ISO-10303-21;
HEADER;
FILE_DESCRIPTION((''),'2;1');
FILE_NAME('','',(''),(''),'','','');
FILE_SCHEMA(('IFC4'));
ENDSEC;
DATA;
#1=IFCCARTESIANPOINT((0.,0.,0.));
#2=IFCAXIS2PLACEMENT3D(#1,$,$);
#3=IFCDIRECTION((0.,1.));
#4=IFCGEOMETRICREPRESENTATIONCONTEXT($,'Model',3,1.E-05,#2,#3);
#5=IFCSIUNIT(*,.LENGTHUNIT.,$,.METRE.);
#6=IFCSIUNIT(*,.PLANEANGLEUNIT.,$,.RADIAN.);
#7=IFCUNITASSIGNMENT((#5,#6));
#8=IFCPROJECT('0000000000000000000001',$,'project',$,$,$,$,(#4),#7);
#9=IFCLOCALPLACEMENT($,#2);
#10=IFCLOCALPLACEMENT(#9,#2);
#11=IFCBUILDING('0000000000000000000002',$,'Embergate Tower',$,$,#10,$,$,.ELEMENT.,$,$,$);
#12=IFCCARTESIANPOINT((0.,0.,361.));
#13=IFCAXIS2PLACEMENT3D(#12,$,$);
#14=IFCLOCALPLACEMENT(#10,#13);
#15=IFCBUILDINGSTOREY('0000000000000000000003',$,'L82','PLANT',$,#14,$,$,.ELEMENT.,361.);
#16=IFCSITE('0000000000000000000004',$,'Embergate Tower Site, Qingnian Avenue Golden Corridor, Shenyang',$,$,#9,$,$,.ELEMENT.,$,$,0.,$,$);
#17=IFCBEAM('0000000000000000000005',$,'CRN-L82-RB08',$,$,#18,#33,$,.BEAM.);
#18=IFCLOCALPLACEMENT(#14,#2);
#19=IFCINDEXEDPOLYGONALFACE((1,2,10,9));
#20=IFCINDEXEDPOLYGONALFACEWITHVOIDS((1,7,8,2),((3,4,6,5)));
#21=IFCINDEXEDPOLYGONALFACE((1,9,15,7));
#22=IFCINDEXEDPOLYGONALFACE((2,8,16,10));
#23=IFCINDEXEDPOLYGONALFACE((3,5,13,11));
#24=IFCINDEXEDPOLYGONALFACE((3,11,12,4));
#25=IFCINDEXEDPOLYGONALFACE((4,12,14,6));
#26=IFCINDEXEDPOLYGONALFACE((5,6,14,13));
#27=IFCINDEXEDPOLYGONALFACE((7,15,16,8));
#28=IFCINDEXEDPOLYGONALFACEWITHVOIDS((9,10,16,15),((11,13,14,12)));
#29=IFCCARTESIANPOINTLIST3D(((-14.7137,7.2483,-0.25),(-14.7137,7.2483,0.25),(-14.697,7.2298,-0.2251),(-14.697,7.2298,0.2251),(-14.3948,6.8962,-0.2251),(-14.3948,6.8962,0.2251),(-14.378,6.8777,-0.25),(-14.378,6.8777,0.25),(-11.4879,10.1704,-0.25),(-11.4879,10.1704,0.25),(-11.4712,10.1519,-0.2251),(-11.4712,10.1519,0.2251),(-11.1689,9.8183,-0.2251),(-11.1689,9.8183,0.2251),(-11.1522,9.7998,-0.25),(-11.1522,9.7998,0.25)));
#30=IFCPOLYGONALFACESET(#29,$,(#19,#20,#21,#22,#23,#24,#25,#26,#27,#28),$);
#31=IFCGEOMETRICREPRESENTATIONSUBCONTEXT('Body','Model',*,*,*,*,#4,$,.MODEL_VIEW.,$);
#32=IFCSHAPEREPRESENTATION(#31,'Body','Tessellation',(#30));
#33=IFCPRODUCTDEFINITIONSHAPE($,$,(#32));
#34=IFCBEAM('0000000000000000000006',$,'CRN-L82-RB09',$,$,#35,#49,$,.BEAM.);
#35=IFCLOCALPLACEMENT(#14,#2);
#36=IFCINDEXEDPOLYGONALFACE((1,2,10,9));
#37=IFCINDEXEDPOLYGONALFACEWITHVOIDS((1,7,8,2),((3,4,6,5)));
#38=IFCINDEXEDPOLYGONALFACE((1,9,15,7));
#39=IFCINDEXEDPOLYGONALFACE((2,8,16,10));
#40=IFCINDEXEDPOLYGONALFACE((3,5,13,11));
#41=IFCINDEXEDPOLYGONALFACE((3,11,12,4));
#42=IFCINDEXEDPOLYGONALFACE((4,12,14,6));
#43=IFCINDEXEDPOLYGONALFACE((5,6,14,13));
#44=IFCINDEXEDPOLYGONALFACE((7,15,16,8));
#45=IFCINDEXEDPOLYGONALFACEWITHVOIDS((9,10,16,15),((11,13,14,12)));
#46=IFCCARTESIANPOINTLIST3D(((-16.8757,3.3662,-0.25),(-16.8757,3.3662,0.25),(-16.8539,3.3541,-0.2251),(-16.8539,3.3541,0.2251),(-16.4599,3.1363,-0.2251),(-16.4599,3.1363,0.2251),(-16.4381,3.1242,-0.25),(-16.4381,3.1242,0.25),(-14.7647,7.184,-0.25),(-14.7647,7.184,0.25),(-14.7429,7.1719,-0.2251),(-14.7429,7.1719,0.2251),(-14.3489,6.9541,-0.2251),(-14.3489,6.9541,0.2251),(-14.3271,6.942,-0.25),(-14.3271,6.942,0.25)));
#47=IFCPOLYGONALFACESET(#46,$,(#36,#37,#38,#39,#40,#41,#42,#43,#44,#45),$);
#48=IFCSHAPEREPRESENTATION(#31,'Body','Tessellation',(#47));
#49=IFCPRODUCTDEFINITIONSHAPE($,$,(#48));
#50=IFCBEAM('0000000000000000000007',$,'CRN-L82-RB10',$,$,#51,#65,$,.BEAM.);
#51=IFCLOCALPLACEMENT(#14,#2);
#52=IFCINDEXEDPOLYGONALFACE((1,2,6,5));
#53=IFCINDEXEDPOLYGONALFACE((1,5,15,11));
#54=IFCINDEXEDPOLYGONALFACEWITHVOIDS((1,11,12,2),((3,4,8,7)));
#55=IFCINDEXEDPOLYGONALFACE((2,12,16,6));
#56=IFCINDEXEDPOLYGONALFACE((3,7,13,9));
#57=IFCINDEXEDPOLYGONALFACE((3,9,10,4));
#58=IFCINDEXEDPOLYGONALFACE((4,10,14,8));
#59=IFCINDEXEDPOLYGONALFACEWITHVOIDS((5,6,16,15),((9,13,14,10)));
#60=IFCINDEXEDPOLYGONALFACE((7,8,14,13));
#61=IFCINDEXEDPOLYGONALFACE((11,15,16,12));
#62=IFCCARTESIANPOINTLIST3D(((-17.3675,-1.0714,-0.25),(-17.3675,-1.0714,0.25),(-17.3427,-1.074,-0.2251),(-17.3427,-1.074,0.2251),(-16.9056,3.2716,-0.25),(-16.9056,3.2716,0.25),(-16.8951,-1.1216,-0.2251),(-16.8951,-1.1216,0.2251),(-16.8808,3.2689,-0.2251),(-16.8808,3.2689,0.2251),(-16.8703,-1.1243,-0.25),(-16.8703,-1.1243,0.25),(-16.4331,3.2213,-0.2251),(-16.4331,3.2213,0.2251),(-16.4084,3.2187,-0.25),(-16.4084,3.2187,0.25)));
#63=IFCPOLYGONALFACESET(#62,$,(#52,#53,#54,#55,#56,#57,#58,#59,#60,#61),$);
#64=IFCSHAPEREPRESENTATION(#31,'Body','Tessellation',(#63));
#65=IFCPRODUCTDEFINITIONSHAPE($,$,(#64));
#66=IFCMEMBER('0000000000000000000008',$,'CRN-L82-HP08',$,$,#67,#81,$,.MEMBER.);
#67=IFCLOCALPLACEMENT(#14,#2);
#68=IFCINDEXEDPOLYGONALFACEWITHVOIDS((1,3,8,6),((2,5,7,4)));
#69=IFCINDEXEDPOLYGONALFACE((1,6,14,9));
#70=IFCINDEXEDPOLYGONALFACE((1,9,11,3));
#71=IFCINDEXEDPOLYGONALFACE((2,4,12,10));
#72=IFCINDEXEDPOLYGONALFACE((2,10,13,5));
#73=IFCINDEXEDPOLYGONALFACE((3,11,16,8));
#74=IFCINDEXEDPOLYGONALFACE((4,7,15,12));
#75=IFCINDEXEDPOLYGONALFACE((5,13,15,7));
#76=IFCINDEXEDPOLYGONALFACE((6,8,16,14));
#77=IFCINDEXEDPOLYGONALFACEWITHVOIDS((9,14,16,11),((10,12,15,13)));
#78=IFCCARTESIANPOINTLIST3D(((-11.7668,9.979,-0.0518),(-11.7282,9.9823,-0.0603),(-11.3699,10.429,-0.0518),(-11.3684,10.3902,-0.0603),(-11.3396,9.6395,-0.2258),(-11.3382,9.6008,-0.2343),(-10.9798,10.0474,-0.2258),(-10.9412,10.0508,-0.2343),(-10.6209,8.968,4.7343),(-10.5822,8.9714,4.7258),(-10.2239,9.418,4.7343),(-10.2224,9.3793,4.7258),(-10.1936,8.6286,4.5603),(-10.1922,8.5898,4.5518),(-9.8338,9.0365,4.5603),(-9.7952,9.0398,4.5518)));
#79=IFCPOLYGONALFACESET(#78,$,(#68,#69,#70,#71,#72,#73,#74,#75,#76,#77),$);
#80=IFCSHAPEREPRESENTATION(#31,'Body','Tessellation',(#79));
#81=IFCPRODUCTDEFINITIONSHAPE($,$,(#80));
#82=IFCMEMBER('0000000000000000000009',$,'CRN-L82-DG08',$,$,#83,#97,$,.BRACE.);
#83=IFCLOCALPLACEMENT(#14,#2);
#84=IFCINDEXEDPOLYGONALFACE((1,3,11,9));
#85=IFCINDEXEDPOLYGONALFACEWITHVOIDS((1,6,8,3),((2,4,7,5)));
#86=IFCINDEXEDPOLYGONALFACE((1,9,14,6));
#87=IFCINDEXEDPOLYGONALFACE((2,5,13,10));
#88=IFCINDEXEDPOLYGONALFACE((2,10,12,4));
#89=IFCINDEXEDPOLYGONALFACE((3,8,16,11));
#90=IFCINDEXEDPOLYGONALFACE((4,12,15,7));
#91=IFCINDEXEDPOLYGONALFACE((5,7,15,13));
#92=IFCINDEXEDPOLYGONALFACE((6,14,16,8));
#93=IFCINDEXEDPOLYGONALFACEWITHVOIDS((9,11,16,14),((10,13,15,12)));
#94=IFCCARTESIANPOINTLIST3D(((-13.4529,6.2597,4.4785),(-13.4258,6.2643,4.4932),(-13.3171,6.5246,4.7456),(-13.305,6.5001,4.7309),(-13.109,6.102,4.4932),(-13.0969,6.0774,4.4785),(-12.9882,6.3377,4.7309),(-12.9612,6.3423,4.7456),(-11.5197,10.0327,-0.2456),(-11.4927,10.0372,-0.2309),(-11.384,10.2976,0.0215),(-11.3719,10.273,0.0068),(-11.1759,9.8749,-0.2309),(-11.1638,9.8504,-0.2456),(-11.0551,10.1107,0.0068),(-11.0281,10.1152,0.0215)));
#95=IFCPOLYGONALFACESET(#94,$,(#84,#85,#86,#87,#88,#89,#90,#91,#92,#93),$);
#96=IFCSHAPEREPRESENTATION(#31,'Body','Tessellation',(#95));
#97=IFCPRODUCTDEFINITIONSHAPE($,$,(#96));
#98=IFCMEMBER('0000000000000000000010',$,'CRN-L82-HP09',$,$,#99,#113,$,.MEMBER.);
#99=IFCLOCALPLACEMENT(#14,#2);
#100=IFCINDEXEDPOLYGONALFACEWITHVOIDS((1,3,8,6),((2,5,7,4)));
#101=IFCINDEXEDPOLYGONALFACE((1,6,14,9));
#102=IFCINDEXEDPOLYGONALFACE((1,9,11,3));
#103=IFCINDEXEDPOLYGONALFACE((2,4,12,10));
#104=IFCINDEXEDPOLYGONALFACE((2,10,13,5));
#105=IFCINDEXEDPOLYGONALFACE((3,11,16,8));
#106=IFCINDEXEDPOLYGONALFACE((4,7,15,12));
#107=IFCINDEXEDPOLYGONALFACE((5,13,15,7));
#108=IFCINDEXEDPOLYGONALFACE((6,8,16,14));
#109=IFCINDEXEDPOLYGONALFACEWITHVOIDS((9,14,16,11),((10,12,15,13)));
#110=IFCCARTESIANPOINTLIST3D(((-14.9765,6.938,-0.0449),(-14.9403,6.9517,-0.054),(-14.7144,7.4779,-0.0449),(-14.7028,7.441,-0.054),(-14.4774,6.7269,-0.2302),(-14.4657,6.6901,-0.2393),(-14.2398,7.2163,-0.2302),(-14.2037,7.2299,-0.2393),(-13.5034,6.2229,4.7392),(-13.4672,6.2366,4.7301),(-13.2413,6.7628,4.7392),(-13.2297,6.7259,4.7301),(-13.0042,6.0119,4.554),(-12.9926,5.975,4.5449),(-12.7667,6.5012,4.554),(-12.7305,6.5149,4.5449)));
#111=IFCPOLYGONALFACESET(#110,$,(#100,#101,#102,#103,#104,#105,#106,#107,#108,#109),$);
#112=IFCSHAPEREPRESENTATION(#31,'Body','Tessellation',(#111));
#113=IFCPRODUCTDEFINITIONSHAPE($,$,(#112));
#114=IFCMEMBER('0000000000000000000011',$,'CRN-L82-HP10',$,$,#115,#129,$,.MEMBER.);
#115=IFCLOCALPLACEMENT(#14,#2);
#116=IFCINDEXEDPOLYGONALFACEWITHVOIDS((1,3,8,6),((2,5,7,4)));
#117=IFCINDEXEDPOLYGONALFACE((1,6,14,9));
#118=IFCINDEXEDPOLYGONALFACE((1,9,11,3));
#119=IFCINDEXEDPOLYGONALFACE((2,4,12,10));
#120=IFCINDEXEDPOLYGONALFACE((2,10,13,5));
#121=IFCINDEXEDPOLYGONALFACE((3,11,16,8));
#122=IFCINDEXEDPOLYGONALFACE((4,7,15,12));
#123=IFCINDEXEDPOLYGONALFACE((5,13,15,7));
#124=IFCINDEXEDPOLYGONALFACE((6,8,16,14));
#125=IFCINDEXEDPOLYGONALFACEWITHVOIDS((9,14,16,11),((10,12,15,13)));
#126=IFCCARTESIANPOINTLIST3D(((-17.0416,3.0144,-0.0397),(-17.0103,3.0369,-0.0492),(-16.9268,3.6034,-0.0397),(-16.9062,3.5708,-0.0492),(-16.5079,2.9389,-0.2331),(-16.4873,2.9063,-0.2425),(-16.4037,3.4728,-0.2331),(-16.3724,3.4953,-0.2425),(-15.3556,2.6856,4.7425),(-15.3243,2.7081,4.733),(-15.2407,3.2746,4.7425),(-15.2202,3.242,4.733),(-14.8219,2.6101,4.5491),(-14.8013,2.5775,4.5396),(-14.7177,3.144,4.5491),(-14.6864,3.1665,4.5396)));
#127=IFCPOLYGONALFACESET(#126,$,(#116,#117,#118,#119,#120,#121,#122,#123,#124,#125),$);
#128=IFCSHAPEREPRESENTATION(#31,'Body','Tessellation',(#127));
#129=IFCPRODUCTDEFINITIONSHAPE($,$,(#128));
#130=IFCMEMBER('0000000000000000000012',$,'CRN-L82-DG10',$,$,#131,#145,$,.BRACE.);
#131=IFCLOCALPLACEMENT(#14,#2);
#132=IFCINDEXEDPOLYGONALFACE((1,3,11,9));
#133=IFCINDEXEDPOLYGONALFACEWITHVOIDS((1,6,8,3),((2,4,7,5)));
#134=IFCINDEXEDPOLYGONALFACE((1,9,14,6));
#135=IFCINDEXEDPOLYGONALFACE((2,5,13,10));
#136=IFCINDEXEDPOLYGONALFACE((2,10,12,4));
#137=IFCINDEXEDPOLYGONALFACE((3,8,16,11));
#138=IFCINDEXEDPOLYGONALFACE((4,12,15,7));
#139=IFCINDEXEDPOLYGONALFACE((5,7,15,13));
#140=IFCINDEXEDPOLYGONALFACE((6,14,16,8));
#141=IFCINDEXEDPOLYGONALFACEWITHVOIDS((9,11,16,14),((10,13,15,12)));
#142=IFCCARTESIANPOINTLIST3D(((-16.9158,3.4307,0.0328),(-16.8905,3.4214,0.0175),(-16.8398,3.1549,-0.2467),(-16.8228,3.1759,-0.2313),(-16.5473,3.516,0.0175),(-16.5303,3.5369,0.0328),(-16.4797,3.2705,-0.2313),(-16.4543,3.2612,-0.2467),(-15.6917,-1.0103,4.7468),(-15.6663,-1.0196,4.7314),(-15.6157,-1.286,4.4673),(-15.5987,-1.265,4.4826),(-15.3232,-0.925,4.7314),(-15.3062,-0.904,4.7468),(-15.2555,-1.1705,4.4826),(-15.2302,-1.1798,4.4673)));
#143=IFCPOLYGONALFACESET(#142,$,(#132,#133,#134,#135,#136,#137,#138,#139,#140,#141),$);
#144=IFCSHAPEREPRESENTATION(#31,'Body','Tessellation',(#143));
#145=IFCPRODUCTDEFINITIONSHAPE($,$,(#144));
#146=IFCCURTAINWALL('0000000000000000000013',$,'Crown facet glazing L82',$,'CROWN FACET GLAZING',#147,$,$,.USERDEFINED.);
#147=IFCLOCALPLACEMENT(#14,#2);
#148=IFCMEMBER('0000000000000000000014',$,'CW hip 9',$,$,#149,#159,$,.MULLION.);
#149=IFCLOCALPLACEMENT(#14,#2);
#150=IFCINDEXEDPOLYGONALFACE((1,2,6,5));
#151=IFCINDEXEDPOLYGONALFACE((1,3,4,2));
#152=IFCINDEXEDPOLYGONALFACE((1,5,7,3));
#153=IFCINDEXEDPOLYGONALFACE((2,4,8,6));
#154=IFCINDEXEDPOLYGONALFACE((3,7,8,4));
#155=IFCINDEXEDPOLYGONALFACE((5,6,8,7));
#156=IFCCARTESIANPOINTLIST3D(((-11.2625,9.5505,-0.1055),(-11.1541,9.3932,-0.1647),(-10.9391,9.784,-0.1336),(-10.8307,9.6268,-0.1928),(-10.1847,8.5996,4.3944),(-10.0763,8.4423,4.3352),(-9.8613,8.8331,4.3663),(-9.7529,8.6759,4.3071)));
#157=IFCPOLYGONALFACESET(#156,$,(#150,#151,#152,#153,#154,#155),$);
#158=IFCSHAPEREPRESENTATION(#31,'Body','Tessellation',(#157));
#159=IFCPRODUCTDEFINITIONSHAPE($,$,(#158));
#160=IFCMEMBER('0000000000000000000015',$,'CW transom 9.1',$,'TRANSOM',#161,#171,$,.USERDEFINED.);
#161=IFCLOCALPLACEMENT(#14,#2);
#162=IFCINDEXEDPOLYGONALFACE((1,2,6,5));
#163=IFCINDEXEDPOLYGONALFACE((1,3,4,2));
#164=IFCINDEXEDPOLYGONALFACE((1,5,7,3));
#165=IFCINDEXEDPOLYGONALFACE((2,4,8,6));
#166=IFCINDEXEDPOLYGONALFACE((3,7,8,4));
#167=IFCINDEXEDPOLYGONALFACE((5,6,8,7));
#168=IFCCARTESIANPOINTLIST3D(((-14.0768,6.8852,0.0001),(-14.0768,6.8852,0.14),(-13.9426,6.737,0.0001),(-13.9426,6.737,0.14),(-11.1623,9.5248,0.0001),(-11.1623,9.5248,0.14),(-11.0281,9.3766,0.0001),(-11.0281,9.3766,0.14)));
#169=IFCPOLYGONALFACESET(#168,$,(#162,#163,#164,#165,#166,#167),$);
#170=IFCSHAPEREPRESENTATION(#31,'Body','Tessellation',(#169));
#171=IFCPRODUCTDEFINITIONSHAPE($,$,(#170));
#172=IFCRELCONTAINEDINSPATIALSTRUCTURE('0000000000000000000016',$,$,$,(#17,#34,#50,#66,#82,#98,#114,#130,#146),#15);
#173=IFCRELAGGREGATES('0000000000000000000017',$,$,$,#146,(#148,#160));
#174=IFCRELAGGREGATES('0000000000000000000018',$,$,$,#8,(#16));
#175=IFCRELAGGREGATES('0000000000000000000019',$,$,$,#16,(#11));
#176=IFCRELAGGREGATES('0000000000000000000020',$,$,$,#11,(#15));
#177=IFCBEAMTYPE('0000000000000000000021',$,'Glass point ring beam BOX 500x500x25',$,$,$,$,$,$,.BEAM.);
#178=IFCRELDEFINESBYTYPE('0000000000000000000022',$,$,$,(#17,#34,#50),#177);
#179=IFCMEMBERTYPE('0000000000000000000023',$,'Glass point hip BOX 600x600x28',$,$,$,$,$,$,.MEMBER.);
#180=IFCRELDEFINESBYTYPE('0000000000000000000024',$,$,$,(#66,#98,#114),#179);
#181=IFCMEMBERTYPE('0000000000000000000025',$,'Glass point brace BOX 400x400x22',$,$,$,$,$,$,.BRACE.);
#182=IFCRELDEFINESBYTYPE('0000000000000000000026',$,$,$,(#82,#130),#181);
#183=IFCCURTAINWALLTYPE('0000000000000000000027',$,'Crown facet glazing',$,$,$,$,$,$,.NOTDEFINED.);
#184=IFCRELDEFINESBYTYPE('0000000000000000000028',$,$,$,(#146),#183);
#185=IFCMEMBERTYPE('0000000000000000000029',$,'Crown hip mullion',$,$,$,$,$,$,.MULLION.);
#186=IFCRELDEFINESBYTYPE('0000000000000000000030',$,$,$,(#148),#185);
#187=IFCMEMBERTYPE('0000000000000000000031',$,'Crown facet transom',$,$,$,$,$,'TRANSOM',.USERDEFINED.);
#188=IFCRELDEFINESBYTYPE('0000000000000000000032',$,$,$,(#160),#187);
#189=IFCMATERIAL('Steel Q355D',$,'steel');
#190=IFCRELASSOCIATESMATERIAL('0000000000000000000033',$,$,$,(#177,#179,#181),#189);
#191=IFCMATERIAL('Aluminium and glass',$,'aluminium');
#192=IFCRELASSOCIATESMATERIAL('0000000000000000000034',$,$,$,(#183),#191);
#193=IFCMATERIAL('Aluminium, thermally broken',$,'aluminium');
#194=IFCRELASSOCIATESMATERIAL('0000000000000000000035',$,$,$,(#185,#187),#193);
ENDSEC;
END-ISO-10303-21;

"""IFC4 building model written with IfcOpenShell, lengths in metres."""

from ifc_helpers import new_model, si_unit, direction, frame, origin, origin_2d, place, context, subcontext, project, spatial, rectangle, hollow_rectangle, extrude, source, transform, mapped, material, material_profile, profile_set, type_object, element, aggregate, save


model = new_model("IFC4")

# Units and contexts
model_context = context("Model", 3, precision=1e-05, world=origin(), true_north=direction((0.0, 1.0)))
body_context = subcontext(model_context, "Body", "Model", "MODEL_VIEW")
ifc_project = project(units=[si_unit("LENGTHUNIT", "METRE"), si_unit("PLANEANGLEUNIT", "RADIAN")], contexts=[model_context])

# Site, building, storey
site_placement = place(None, origin())
site = spatial("IfcSite", under=ifc_project, at=site_placement, Name="Embergate Tower Site, Qingnian Avenue Golden Corridor, Shenyang", CompositionType="ELEMENT", RefElevation=0.0)
building_placement = place(site_placement, origin())
building = spatial("IfcBuilding", under=site, at=building_placement, Name="Embergate Tower", CompositionType="ELEMENT")
storey_placement = place(building_placement, frame((0.0, 0.0, 361.0)))
storey = spatial("IfcBuildingStorey", under=building, at=storey_placement, Name="L82", Description="PLANT", CompositionType="ELEMENT", Elevation=361.0)

# Beams
ifc_material_1 = material(Name="Steel Q355D", Category="steel")
ifc_material_profile_1 = material_profile(ifc_material_1, hollow_rectangle(XDim=0.5, YDim=0.5, WallThickness=0.0249, at=origin_2d()), Name="BOX 500x500x25")
ifc_profile_set_1 = profile_set([ifc_material_profile_1], Name="Steel Q355 grade D")
beam_type = type_object("IfcBeamType", Name="Glass point ring beam BOX 500x500x25", PredefinedType="BEAM", material=ifc_profile_set_1)
shared_shape_1 = source(origin(), body_context, "Body", "SweptSolid", [
    extrude(hollow_rectangle(XDim=0.5, YDim=0.5, WallThickness=0.0249, at=origin_2d()), origin(), (0.0, 0.0, 1.0), 4.3525),
])
beam_1_placement = place(storey_placement, frame((-11.3201, 9.9851, 0.0), z_axis=(-0.741134, -0.671357, 0.0), x_axis=(0.671357, -0.741134, 0.0)))
element("IfcBeam", 1, at=beam_1_placement, inside=storey, type_object=beam_type, Name="CRN-L82-RB08", PredefinedType="BEAM", context=body_context, shape_type="MappedRepresentation", body=[
    mapped(shared_shape_1, transform((0.0, 0.0, 0.0))),
])
shared_shape_2 = source(origin(), body_context, "Body", "SweptSolid", [
    extrude(hollow_rectangle(XDim=0.5, YDim=0.5, WallThickness=0.0249, at=origin_2d()), origin(), (0.0, 0.0, 1.0), 4.3625),
])
beam_2_placement = place(storey_placement, frame((-14.5459, 7.063, 0.0), z_axis=(-0.483898, -0.875124, 0.0), x_axis=(0.875124, -0.483898, 0.0)))
element("IfcBeam", 2, at=beam_2_placement, inside=storey, type_object=beam_type, Name="CRN-L82-RB09", PredefinedType="BEAM", context=body_context, shape_type="MappedRepresentation", body=[
    mapped(shared_shape_2, transform((0.0, 0.0, 0.0))),
])
shared_shape_3 = source(origin(), body_context, "Body", "SweptSolid", [
    extrude(hollow_rectangle(XDim=0.5, YDim=0.5, WallThickness=0.0249, at=origin_2d()), origin(), (0.0, 0.0, 1.0), 4.3674),
])
beam_3_placement = place(storey_placement, frame((-16.657, 3.2451, 0.0), z_axis=(-0.105761, -0.994392, 0.0), x_axis=(0.994392, -0.105761, 0.0)))
element("IfcBeam", 3, at=beam_3_placement, inside=storey, type_object=beam_type, Name="CRN-L82-RB10", PredefinedType="BEAM", context=body_context, shape_type="MappedRepresentation", body=[
    mapped(shared_shape_3, transform((0.0, 0.0, 0.0))),
])

# Members
ifc_material_profile_2 = material_profile(ifc_material_1, hollow_rectangle(XDim=0.6001, YDim=0.6001, WallThickness=0.0281, at=origin_2d()), Name="BOX 600x600x28")
ifc_profile_set_2 = profile_set([ifc_material_profile_2], Name="Steel Q355 grade D")
member_type_1 = type_object("IfcMemberType", Name="Glass point hip BOX 600x600x28", PredefinedType="MEMBER", material=ifc_profile_set_2)
shared_shape_4 = source(origin(), body_context, "Body", "SweptSolid", [
    extrude(hollow_rectangle(XDim=0.6001, YDim=0.6001, WallThickness=0.0281, at=origin_2d()), origin(), (0.0, 0.0, 1.0), 5.0242),
])
member_1_placement = place(storey_placement, frame((-11.354, 10.0149, -0.1431), z_axis=(0.228096, -0.201224, 0.952618), x_axis=(0.661553, 0.749898, 0.0)))
element("IfcMember", 4, at=member_1_placement, inside=storey, type_object=member_type_1, Name="CRN-L82-HP08", PredefinedType="MEMBER", context=body_context, shape_type="MappedRepresentation", body=[
    mapped(shared_shape_4, transform((0.0, 0.0, 0.0))),
])
ifc_material_profile_3 = material_profile(ifc_material_1, hollow_rectangle(XDim=0.3999, YDim=0.3999, WallThickness=0.022, at=origin_2d()), Name="BOX 400x400x22")
ifc_profile_set_3 = profile_set([ifc_material_profile_3], Name="Steel Q355 grade D")
member_type_2 = type_object("IfcMemberType", Name="Glass point brace BOX 400x400x22", PredefinedType="BRACE", material=ifc_profile_set_3)
shared_shape_5 = source(origin(), body_context, "Body", "SweptSolid", [
    extrude(hollow_rectangle(XDim=0.3999, YDim=0.3999, WallThickness=0.022, at=origin_2d()), origin(), (0.0, 0.0, 1.0), 6.3474),
])
member_2_placement = place(storey_placement, frame((-11.2739, 10.074, -0.1121), z_axis=(-0.304551, -0.59441, 0.744262), x_axis=(0.889984, -0.455992, 0.0)))
element("IfcMember", 5, at=member_2_placement, inside=storey, type_object=member_type_2, Name="CRN-L82-DG08", PredefinedType="BRACE", context=body_context, shape_type="MappedRepresentation", body=[
    mapped(shared_shape_5, transform((0.0, 0.0, 0.0))),
])
shared_shape_6 = source(origin(), body_context, "Body", "SweptSolid", [
    extrude(hollow_rectangle(XDim=0.6001, YDim=0.6001, WallThickness=0.0281, at=origin_2d()), origin(), (0.0, 0.0, 1.0), 5.0566),
])
member_3_placement = place(storey_placement, frame((-14.5901, 7.084, -0.1421), z_axis=(0.291327, -0.141415, 0.946113), x_axis=(0.436687, 0.899614, 0.0)))
element("IfcMember", 6, at=member_3_placement, inside=storey, type_object=member_type_1, Name="CRN-L82-HP09", PredefinedType="MEMBER", context=body_context, shape_type="MappedRepresentation", body=[
    mapped(shared_shape_6, transform((0.0, 0.0, 0.0))),
])
shared_shape_7 = source(origin(), body_context, "Body", "SweptSolid", [
    extrude(hollow_rectangle(XDim=0.6001, YDim=0.6001, WallThickness=0.0281, at=origin_2d()), origin(), (0.0, 0.0, 1.0), 5.0813),
])
member_4_placement = place(storey_placement, frame((-16.707, 3.2549, -0.1411), z_axis=(0.331806, -0.064718, 0.941125), x_axis=(0.19144, 0.981504, 0.0)))
element("IfcMember", 7, at=member_4_placement, inside=storey, type_object=member_type_1, Name="CRN-L82-HP10", PredefinedType="MEMBER", context=body_context, shape_type="MappedRepresentation", body=[
    mapped(shared_shape_7, transform((0.0, 0.0, 0.0))),
])
shared_shape_8 = source(origin(), body_context, "Body", "SweptSolid", [
    extrude(hollow_rectangle(XDim=0.3999, YDim=0.3999, WallThickness=0.022, at=origin_2d()), origin(), (0.0, 0.0, 1.0), 6.5911),
])
member_5_placement = place(storey_placement, frame((-16.6851, 3.3459, -0.1069), z_axis=(0.185727, -0.673789, 0.715202), x_axis=(0.964046, 0.265735, 0.0)))
element("IfcMember", 8, at=member_5_placement, inside=storey, type_object=member_type_2, Name="CRN-L82-DG10", PredefinedType="BRACE", context=body_context, shape_type="MappedRepresentation", body=[
    mapped(shared_shape_8, transform((0.0, 0.0, 0.0))),
])

# Curtain wall, members
ifc_material_2 = material(Name="Aluminium and glass", Category="aluminium")
curtain_wall_type = type_object("IfcCurtainWallType", Name="Crown facet glazing", PredefinedType="NOTDEFINED", material=ifc_material_2)
curtain_wall_placement = place(storey_placement, origin())
curtain_wall = element("IfcCurtainWall", 9, at=curtain_wall_placement, inside=storey, type_object=curtain_wall_type, Name="Crown facet glazing L82", ObjectType="CROWN FACET GLAZING", PredefinedType="USERDEFINED")
ifc_material_3 = material(Name="Aluminium, thermally broken", Category="aluminium")
ifc_material_profile_4 = material_profile(ifc_material_3, rectangle(XDim=0.2, YDim=0.3999, at=origin_2d()), Name="AL 400x200")
ifc_profile_set_4 = profile_set([ifc_material_profile_4], Name="Aluminium, thermally broken")
member_type_3 = type_object("IfcMemberType", Name="Crown hip mullion", PredefinedType="MULLION", material=ifc_profile_set_4)
shared_shape_9 = source(origin(), body_context, "Body", "SweptSolid", [
    extrude(rectangle(XDim=0.2, YDim=0.3999, at=origin_2d()), origin(), (0.0, 0.0, 1.0), 4.7239),
])
member_6_placement = place(storey_placement, frame((-11.0466, 9.5886, -0.1492), z_axis=(0.228172, -0.201298, 0.952584), x_axis=(-0.542165, 0.786394, 0.296043)))
member_6 = element("IfcMember", 10, at=member_6_placement, type_object=member_type_3, Name="CW hip 9", PredefinedType="MULLION", context=body_context, shape_type="MappedRepresentation", body=[
    mapped(shared_shape_9, transform((0.0, 0.0, 0.0))),
])
ifc_material_profile_5 = material_profile(ifc_material_3, rectangle(XDim=0.2, YDim=0.1399, at=origin_2d()), Name="AL 140x200")
ifc_profile_set_5 = profile_set([ifc_material_profile_5], Name="Aluminium, thermally broken")
member_type_4 = type_object("IfcMemberType", Name="Crown facet transom", ElementType="TRANSOM", PredefinedType="USERDEFINED", material=ifc_profile_set_5)
shared_shape_10 = source(origin(), body_context, "Body", "SweptSolid", [
    extrude(rectangle(XDim=0.2, YDim=0.1399, at=origin_2d()), origin(), (0.0, 0.0, 1.0), 3.9321),
])
member_7_placement = place(storey_placement, frame((-11.0952, 9.4507, 0.0701), z_axis=(-0.741197, -0.671287, 0.0), x_axis=(0.671287, -0.741197, 0.0)))
member_7 = element("IfcMember", 11, at=member_7_placement, type_object=member_type_4, Name="CW transom 9.1", ObjectType="TRANSOM", PredefinedType="USERDEFINED", context=body_context, shape_type="MappedRepresentation", body=[
    mapped(shared_shape_10, transform((0.0, 0.0, 0.0))),
])
aggregate(curtain_wall, [member_6, member_7])

save(model, "model.ifc")
